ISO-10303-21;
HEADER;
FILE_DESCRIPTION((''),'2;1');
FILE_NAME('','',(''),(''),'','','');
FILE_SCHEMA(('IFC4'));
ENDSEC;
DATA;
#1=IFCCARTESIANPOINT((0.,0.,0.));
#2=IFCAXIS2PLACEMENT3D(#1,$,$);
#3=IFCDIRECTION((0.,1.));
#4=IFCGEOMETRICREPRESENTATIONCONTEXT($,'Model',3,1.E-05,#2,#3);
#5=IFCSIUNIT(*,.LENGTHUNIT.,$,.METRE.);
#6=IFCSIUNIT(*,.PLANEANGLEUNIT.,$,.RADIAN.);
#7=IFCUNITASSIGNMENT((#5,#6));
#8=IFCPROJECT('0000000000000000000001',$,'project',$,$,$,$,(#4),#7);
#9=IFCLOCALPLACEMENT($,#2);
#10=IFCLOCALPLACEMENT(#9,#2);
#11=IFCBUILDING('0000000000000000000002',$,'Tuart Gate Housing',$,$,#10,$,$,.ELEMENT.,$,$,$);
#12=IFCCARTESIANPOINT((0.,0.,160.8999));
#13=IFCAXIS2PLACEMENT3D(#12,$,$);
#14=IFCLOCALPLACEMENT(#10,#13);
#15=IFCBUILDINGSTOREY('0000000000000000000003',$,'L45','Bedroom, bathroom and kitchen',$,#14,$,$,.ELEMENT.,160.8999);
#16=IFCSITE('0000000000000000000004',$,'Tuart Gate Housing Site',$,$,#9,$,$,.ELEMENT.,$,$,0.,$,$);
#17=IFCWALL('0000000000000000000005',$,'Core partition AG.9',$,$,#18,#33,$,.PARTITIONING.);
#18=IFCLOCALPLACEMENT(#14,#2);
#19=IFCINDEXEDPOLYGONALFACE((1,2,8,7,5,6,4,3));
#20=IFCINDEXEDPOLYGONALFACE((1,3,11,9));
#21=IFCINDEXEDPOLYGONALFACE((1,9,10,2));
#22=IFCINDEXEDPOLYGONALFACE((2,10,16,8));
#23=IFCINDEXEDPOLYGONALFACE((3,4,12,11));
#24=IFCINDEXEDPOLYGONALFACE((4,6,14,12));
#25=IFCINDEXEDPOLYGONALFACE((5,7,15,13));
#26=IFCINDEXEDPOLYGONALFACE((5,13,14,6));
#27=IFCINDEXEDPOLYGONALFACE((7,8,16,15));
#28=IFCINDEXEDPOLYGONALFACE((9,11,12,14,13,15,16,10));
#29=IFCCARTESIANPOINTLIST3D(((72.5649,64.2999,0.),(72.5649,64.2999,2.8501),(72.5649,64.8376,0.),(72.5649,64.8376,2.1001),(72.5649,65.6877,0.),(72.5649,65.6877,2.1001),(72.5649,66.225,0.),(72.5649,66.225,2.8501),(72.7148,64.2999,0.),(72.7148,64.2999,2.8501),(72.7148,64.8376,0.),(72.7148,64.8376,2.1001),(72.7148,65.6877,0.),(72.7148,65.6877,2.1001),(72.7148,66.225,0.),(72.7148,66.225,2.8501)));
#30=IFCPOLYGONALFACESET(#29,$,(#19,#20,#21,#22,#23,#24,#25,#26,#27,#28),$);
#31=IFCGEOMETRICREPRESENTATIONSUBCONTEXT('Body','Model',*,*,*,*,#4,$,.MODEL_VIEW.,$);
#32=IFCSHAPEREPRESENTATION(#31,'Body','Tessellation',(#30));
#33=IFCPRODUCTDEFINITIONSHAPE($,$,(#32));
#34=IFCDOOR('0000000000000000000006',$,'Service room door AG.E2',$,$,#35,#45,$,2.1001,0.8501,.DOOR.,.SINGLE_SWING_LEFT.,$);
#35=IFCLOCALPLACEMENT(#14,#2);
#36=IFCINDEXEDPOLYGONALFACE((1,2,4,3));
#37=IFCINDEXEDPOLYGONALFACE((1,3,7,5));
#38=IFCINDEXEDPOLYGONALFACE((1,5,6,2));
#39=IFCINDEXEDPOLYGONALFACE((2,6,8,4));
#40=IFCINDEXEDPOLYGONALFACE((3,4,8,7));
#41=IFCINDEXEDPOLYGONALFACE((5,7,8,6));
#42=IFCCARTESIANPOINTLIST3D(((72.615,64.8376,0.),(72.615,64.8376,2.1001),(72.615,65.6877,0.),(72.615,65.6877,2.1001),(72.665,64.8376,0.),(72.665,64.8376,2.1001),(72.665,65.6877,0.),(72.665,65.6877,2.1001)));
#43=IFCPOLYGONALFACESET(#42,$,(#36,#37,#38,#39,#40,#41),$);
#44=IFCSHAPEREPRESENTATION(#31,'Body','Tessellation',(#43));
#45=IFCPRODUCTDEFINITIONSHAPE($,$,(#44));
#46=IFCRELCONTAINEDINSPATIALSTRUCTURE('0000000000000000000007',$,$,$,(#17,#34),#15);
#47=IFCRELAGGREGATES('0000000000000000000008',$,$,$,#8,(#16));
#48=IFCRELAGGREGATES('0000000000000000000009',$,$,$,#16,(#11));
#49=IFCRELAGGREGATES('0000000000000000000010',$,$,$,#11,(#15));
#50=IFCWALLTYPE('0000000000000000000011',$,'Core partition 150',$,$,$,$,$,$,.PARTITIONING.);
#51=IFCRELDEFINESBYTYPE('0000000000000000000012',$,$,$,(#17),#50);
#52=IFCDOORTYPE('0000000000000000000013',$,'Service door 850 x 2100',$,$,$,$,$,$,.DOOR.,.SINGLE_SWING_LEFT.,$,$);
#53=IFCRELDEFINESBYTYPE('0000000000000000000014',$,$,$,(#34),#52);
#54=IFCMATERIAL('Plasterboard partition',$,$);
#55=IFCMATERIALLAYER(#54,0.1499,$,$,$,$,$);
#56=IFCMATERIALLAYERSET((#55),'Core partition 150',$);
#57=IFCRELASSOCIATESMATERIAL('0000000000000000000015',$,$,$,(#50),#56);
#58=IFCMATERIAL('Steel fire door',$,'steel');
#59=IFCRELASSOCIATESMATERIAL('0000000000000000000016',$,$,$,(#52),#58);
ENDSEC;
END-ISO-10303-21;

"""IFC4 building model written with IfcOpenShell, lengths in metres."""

from ifc_helpers import new_model, si_unit, direction, frame, frame_2d, origin, place, context, subcontext, project, spatial, rectangle, extrude, material, layer, layer_set, type_object, element, fill, save


model = new_model("IFC4")

# Units and contexts
model_context = context("Model", 3, precision=1e-05, world=origin(), true_north=direction((0.0, 1.0)))
body_context = subcontext(model_context, "Body", "Model", "MODEL_VIEW")
ifc_project = project(units=[si_unit("LENGTHUNIT", "METRE"), si_unit("PLANEANGLEUNIT", "RADIAN")], contexts=[model_context])

# Site, building, storey
site_placement = place(None, origin())
site = spatial("IfcSite", under=ifc_project, at=site_placement, Name="Tuart Gate Housing Site", CompositionType="ELEMENT", RefElevation=0.0)
building_placement = place(site_placement, origin())
building = spatial("IfcBuilding", under=site, at=building_placement, Name="Tuart Gate Housing", CompositionType="ELEMENT")
storey_placement = place(building_placement, frame((0.0, 0.0, 160.8999)))
storey = spatial("IfcBuildingStorey", under=building, at=storey_placement, Name="L45", Description="Bedroom, bathroom and kitchen", CompositionType="ELEMENT", Elevation=160.8999)

# Wall, opening, door
ifc_material_1 = material(Name="Plasterboard partition")
ifc_layer_1 = layer(ifc_material_1, 0.1499)
ifc_layer_set_1 = layer_set([ifc_layer_1], Name="Core partition 150")
wall_type_1 = type_object("IfcWallType", Name="Core partition 150", PredefinedType="PARTITIONING", material=ifc_layer_set_1)
wall_1_placement = place(storey_placement, frame((72.6399, 64.3, 0.0), z_axis=(0.0, 0.0, 1.0), x_axis=(0.0, 1.0, 0.0)))
wall_1 = element("IfcWall", 1, at=wall_1_placement, inside=storey, type_object=wall_type_1, Name="Core partition AG.9", PredefinedType="PARTITIONING", context=body_context, shape_type="SweptSolid", body=[
    extrude(rectangle(XDim=1.925, YDim=0.1499, at=frame_2d((0.9624, 0.0))), origin(), (0.0, 0.0, 1.0), 2.8501),
])
opening_1_placement = place(wall_1_placement, frame((0.5376, 0.0, 0.0)))
opening_1 = element("IfcOpeningElement", 2, at=opening_1_placement, cuts=wall_1, PredefinedType="OPENING", context=body_context, shape_type="SweptSolid", body=[
    extrude(rectangle(XDim=0.8501, YDim=2.1001, at=frame_2d((0.425, 1.05))), frame((0.0, 0.085, 0.0), z_axis=(0.0, -1.0, 0.0), x_axis=(1.0, 0.0, 0.0)), (0.0, 0.0, 1.0), 0.1699),
])
ifc_material_2 = material(Name="Steel fire door", Category="steel")
door_type = type_object("IfcDoorType", Name="Service door 850 x 2100", OperationType="SINGLE_SWING_LEFT", PredefinedType="DOOR", material=ifc_material_2)
door_placement = place(opening_1_placement, origin())
door = element("IfcDoor", 3, at=door_placement, inside=storey, type_object=door_type, Name="Service room door AG.E2", OperationType="SINGLE_SWING_LEFT", OverallHeight=2.1001, OverallWidth=0.8501, PredefinedType="DOOR", context=body_context, shape_type="SweptSolid", body=[
    extrude(rectangle(XDim=0.8501, YDim=2.1001, at=frame_2d((0.425, 1.05))), frame((0.0, 0.0249, 0.0), z_axis=(0.0, -1.0, 0.0), x_axis=(1.0, 0.0, 0.0)), (0.0, 0.0, 1.0), 0.05),
])
fill(opening_1, door)

save(model, "model.ifc")
